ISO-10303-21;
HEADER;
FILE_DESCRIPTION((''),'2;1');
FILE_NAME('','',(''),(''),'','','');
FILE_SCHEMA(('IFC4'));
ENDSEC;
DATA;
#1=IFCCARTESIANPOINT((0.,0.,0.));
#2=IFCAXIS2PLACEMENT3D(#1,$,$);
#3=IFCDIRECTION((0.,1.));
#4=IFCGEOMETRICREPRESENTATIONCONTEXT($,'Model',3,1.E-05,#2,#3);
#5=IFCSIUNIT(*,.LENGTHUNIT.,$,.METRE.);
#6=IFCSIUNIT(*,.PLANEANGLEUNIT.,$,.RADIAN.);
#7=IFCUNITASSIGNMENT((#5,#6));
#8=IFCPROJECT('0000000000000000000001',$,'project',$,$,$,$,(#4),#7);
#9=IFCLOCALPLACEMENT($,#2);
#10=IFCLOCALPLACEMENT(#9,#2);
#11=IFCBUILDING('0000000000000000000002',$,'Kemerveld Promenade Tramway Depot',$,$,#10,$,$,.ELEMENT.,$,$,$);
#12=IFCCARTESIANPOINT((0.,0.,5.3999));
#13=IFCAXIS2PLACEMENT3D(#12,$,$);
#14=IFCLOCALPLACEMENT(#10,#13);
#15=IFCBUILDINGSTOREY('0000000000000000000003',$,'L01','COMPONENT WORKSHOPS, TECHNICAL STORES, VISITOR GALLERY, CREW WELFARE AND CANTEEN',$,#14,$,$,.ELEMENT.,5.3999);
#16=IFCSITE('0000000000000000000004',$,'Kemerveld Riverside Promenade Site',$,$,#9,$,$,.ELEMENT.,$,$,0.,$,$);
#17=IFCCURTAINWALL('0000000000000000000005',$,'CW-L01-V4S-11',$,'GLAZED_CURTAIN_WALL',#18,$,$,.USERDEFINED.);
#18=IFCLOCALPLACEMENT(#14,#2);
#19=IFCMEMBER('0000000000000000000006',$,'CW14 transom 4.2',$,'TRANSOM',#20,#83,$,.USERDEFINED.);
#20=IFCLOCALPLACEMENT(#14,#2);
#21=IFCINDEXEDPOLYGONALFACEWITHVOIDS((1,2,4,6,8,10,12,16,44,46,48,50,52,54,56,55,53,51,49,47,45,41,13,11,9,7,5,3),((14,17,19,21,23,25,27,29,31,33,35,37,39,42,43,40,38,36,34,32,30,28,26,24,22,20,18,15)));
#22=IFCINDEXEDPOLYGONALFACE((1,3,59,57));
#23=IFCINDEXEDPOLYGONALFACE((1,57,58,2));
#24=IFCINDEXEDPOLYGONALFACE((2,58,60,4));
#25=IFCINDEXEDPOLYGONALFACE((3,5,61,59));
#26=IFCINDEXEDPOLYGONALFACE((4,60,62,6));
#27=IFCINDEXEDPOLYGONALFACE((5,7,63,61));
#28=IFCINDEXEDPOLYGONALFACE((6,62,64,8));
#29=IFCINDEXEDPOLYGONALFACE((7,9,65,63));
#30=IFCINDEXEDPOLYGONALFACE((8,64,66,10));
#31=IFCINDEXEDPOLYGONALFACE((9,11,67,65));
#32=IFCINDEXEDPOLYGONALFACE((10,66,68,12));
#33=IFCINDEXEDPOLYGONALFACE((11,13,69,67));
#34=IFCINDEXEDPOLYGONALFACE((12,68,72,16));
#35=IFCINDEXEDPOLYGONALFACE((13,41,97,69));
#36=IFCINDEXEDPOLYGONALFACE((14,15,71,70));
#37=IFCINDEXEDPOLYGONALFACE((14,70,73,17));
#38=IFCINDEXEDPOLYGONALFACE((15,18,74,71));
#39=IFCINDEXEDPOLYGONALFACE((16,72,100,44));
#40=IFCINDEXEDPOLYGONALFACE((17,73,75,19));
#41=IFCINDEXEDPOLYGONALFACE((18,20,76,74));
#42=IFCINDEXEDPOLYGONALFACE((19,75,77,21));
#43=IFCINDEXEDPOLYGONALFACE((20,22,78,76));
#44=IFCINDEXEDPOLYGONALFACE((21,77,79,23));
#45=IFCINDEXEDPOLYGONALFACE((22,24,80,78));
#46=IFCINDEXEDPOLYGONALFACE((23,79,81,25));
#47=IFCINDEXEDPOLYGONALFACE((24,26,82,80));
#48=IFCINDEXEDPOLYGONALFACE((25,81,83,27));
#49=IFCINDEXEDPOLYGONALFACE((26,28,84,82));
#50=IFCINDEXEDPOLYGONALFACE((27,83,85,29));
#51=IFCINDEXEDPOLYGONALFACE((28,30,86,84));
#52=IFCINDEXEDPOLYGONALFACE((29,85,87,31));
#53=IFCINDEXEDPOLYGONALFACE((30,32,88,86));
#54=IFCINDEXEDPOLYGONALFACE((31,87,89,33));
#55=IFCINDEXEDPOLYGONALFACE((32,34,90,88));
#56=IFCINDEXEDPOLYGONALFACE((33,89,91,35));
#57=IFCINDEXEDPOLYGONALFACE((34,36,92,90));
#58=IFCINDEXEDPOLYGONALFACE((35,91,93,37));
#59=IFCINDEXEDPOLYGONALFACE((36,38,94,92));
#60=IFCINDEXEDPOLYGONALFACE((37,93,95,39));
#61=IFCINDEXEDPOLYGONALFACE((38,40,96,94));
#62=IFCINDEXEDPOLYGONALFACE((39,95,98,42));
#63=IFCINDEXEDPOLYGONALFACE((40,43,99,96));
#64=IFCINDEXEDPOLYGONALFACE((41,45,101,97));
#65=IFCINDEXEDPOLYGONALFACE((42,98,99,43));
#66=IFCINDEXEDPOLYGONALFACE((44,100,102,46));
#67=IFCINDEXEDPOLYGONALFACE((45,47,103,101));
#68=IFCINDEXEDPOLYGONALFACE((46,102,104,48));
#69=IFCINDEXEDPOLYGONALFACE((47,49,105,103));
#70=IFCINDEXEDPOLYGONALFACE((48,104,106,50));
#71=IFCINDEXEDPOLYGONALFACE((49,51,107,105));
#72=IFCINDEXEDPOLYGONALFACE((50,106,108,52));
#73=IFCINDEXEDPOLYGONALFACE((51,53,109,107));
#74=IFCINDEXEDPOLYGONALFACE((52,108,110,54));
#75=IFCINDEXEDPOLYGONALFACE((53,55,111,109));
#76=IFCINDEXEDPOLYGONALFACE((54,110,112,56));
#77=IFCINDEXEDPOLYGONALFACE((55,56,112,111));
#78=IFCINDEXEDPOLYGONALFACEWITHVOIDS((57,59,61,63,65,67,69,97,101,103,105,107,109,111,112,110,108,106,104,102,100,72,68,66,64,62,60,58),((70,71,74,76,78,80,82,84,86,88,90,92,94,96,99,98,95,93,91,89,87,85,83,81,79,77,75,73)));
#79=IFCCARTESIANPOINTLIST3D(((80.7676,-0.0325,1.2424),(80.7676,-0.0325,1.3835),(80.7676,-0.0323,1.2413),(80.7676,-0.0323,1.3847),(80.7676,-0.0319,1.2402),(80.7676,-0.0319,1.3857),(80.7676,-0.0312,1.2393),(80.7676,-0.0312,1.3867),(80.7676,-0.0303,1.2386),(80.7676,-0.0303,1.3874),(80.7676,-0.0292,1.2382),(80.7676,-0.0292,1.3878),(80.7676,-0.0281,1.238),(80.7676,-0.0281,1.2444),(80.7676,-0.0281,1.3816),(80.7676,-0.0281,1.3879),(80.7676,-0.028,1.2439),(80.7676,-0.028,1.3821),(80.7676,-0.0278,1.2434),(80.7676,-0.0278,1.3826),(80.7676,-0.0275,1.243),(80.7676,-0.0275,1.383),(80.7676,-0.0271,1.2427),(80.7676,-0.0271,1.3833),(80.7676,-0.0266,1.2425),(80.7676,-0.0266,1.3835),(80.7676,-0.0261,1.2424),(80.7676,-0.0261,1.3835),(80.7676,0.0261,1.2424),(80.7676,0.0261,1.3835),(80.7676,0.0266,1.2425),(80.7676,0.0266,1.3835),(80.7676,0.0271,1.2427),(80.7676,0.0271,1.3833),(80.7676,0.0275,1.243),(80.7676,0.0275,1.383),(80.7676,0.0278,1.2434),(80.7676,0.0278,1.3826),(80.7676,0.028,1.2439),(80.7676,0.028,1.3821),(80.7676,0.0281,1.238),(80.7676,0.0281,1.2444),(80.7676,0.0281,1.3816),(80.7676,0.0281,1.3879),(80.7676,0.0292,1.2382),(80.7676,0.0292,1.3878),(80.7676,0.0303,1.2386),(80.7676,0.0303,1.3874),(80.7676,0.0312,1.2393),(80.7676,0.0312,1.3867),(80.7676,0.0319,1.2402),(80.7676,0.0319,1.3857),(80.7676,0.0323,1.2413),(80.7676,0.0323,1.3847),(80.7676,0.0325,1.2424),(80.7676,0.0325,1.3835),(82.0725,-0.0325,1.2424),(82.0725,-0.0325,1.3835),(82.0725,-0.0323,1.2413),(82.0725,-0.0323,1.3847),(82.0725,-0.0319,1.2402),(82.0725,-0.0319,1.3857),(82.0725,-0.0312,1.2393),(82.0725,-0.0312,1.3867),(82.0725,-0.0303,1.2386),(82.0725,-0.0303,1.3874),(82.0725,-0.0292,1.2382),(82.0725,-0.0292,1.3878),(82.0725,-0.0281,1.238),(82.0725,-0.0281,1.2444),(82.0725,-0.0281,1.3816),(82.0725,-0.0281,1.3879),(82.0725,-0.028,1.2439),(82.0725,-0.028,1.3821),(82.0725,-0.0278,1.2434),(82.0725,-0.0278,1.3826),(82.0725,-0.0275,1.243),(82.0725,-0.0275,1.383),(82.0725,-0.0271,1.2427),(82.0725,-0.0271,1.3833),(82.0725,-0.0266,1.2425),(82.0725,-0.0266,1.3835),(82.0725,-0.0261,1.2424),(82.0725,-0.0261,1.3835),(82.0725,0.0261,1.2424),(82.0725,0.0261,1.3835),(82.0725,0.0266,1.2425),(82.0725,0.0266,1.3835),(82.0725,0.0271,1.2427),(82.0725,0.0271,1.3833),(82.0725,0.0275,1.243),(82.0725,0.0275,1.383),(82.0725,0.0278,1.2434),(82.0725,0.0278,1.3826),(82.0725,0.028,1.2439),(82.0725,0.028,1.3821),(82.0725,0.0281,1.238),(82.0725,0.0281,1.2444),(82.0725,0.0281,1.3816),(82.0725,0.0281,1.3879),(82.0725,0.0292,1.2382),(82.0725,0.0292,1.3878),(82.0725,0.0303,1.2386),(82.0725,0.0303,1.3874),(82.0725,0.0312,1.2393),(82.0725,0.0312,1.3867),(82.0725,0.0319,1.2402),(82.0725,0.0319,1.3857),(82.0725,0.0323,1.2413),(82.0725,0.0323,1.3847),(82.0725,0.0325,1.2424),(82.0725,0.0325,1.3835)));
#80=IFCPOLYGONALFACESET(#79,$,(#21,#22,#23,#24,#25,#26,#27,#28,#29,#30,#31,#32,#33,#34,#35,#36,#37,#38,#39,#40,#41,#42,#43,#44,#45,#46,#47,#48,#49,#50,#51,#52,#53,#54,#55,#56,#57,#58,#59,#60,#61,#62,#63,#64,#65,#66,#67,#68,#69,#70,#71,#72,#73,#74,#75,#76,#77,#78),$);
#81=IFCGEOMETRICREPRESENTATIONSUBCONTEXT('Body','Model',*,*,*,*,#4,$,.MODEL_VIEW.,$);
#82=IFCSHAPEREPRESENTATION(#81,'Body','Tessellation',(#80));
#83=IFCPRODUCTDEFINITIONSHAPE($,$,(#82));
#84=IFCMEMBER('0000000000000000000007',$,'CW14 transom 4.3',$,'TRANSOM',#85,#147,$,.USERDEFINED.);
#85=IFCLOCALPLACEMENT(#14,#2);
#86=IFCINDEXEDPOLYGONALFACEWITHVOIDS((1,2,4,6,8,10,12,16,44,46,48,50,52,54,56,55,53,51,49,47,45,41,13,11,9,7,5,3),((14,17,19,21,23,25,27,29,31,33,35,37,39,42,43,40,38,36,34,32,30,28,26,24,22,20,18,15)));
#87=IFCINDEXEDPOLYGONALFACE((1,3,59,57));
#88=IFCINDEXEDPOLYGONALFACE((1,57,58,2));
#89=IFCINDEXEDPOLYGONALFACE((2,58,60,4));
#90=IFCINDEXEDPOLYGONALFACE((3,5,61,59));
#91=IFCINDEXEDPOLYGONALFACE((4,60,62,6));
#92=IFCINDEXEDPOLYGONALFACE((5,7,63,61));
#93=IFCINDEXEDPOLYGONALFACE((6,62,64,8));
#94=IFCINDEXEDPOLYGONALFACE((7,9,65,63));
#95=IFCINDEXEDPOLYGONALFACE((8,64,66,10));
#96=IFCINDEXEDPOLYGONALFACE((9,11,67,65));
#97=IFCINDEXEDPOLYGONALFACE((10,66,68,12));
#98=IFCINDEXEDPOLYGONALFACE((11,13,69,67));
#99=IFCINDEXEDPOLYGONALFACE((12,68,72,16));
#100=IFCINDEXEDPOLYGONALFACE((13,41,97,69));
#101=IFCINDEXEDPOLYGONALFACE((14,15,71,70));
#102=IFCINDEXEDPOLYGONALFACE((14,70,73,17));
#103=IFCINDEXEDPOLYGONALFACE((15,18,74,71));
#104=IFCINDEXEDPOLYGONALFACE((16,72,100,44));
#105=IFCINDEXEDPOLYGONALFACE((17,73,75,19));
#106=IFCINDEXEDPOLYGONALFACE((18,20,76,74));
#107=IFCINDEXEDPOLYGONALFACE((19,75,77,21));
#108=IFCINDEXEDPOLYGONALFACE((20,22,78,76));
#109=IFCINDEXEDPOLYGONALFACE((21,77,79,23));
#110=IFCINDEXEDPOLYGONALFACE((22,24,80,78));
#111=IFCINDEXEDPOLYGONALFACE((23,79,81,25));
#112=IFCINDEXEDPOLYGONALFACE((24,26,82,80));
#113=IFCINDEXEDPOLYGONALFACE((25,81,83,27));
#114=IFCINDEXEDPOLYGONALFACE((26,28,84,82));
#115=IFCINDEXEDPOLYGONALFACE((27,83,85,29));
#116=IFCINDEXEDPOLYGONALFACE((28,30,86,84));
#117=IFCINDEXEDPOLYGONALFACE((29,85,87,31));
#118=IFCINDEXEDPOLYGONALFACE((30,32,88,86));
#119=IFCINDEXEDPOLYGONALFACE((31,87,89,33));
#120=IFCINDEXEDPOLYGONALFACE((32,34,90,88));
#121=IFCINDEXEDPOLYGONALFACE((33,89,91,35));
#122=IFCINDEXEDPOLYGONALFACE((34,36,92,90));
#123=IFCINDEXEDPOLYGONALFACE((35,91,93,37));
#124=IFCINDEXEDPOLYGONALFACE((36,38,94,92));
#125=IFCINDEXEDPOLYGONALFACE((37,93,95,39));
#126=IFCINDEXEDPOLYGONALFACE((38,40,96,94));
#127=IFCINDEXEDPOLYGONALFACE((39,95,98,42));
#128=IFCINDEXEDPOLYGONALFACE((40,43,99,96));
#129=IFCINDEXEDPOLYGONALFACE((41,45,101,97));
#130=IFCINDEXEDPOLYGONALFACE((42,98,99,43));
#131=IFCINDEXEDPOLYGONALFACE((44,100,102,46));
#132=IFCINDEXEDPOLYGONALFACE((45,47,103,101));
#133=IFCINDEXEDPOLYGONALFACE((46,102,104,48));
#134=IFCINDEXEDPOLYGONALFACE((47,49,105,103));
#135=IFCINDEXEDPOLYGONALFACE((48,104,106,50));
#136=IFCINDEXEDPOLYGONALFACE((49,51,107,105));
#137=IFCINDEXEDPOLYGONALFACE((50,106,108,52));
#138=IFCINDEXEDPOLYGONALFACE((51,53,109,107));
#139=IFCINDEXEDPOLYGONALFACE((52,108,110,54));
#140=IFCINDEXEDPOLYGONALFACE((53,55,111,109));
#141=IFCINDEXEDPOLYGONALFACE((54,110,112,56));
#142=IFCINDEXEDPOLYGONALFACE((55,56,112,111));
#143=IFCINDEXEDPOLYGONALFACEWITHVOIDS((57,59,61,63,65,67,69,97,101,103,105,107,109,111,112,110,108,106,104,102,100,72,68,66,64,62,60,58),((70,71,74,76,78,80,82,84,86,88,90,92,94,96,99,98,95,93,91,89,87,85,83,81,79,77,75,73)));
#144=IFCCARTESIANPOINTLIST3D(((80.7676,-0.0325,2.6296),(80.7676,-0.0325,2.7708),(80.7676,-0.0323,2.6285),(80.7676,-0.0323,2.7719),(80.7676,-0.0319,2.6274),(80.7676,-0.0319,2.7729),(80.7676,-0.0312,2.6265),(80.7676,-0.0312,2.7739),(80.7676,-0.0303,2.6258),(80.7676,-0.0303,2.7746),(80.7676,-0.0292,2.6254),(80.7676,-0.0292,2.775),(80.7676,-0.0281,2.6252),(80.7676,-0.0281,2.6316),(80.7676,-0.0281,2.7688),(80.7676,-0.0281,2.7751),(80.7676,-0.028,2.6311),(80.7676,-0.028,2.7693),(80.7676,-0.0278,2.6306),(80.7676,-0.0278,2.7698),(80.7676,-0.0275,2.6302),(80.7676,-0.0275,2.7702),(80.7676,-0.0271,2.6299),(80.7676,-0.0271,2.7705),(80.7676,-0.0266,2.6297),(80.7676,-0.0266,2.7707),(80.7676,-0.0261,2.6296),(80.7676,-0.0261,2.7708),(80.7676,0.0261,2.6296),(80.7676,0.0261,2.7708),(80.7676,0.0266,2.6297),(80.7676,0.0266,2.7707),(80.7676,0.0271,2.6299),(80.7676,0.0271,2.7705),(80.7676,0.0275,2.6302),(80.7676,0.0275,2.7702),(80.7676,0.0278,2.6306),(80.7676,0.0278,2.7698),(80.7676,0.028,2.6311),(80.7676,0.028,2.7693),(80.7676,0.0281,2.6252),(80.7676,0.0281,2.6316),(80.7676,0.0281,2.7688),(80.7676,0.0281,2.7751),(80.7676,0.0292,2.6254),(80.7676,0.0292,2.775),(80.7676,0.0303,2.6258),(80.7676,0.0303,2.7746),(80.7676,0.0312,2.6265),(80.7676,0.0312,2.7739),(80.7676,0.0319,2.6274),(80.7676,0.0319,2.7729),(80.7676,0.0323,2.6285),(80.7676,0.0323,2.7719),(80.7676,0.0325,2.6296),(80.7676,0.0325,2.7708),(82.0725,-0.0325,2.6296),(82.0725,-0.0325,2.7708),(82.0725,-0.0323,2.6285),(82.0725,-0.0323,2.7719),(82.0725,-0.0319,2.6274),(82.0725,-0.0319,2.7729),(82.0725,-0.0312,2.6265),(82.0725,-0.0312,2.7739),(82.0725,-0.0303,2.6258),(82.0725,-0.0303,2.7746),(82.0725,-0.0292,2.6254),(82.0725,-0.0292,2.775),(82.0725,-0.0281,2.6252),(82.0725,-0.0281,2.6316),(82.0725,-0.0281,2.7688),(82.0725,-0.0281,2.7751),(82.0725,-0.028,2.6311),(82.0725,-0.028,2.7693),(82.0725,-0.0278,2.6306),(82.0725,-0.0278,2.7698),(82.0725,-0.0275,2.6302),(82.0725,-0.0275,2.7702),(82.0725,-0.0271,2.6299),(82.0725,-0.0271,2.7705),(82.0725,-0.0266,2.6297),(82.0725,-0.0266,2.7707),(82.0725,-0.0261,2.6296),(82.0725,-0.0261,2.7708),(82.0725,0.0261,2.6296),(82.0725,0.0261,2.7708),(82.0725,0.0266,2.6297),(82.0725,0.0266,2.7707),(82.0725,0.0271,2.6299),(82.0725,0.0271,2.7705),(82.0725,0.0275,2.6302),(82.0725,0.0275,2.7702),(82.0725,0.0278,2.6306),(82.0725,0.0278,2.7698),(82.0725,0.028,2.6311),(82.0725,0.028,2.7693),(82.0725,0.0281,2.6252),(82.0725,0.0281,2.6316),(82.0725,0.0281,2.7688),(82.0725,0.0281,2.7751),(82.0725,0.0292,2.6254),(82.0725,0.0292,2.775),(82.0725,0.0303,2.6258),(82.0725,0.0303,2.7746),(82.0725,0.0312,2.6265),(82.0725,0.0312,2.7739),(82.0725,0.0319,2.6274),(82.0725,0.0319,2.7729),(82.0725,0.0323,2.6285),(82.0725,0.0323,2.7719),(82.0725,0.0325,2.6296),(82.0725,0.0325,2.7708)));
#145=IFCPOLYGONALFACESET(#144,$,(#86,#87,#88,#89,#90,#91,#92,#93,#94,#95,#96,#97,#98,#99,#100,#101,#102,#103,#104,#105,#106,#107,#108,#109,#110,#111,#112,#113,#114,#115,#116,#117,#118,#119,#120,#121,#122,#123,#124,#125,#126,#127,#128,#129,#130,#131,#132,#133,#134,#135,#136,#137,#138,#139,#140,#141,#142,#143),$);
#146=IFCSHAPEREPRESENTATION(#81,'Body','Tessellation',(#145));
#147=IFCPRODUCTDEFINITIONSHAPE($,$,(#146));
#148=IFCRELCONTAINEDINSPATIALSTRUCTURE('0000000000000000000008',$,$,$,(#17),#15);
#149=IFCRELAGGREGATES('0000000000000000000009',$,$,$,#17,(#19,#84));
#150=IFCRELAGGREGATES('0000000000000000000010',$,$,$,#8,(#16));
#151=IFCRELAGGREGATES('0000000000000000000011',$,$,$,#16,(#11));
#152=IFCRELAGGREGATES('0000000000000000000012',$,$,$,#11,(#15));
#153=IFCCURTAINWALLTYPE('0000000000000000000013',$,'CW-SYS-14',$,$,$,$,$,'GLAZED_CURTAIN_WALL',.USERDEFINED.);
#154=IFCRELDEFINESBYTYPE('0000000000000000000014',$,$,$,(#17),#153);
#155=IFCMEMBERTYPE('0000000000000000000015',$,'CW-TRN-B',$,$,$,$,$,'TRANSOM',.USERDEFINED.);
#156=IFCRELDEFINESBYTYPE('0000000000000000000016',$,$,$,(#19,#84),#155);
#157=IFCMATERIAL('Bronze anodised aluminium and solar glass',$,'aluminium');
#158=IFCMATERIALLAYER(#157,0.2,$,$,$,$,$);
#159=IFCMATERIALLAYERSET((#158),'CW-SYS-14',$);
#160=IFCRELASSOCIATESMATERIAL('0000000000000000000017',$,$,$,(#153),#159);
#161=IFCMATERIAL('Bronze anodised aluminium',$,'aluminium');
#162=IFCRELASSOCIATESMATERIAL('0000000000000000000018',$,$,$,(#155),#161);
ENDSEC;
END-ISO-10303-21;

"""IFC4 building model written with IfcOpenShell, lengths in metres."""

from ifc_helpers import new_model, si_unit, direction, frame, origin, origin_2d, place, context, subcontext, project, spatial, hollow_rectangle, extrude, material, layer, layer_set, material_profile, profile_set, type_object, element, aggregate, save


model = new_model("IFC4")

# Units and contexts
model_context = context("Model", 3, precision=1e-05, world=origin(), true_north=direction((0.0, 1.0)))
body_context = subcontext(model_context, "Body", "Model", "MODEL_VIEW")
ifc_project = project(units=[si_unit("LENGTHUNIT", "METRE"), si_unit("PLANEANGLEUNIT", "RADIAN")], contexts=[model_context])

# Site, building, storey
site_placement = place(None, origin())
site = spatial("IfcSite", under=ifc_project, at=site_placement, Name="Kemerveld Riverside Promenade Site", CompositionType="ELEMENT", RefElevation=0.0)
building_placement = place(site_placement, origin())
building = spatial("IfcBuilding", under=site, at=building_placement, Name="Kemerveld Promenade Tramway Depot", CompositionType="ELEMENT")
storey_placement = place(building_placement, frame((0.0, 0.0, 5.3999)))
storey = spatial("IfcBuildingStorey", under=building, at=storey_placement, Name="L01", Description="COMPONENT WORKSHOPS, TECHNICAL STORES, VISITOR GALLERY, CREW WELFARE AND CANTEEN", CompositionType="ELEMENT", Elevation=5.3999)

# Curtain wall, members
ifc_material_1 = material(Name="Bronze anodised aluminium and solar glass", Category="aluminium")
ifc_layer_1 = layer(ifc_material_1, 0.2)
ifc_layer_set_1 = layer_set([ifc_layer_1], Name="CW-SYS-14")
curtain_wall_type = type_object("IfcCurtainWallType", Name="CW-SYS-14", ElementType="GLAZED_CURTAIN_WALL", PredefinedType="USERDEFINED", material=ifc_layer_set_1)
curtain_wall_placement = place(storey_placement, origin())
curtain_wall = element("IfcCurtainWall", 1, at=curtain_wall_placement, inside=storey, type_object=curtain_wall_type, Name="CW-L01-V4S-11", ObjectType="GLAZED_CURTAIN_WALL", PredefinedType="USERDEFINED")
ifc_material_2 = material(Name="Bronze anodised aluminium", Category="aluminium")
ifc_material_profile_1 = material_profile(ifc_material_2, hollow_rectangle(XDim=0.0649, YDim=0.1499, WallThickness=0.0044, InnerFilletRadius=0.002, OuterFilletRadius=0.0044, at=origin_2d()), Name="CW-TRN-150x65")
ifc_profile_set_1 = profile_set([ifc_material_profile_1], Name="Bronze anodised aluminium")
member_type_1 = type_object("IfcMemberType", Name="CW-TRN-B", ElementType="TRANSOM", PredefinedType="USERDEFINED", material=ifc_profile_set_1)
member_1_placement = place(storey_placement, frame((82.0725, 0.0, 1.313), z_axis=(-1.0, 0.0, 0.0), x_axis=(0.0, -1.0, 0.0)))
member_1 = element("IfcMember", 2, at=member_1_placement, type_object=member_type_1, Name="CW14 transom 4.2", ObjectType="TRANSOM", PredefinedType="USERDEFINED", context=body_context, shape_type="SweptSolid", body=[
    extrude(hollow_rectangle(XDim=0.0649, YDim=0.1499, WallThickness=0.0044, InnerFilletRadius=0.002, OuterFilletRadius=0.0044, at=origin_2d()), origin(), (0.0, 0.0, 1.0), 1.3049),
])
member_2_placement = place(storey_placement, frame((82.0725, 0.0, 2.7002), z_axis=(-1.0, 0.0, 0.0), x_axis=(0.0, -1.0, 0.0)))
member_2 = element("IfcMember", 3, at=member_2_placement, type_object=member_type_1, Name="CW14 transom 4.3", ObjectType="TRANSOM", PredefinedType="USERDEFINED", context=body_context, shape_type="SweptSolid", body=[
    extrude(hollow_rectangle(XDim=0.0649, YDim=0.1499, WallThickness=0.0044, InnerFilletRadius=0.002, OuterFilletRadius=0.0044, at=origin_2d()), origin(), (0.0, 0.0, 1.0), 1.3049),
])
aggregate(curtain_wall, [member_1, member_2])

save(model, "model.ifc")
